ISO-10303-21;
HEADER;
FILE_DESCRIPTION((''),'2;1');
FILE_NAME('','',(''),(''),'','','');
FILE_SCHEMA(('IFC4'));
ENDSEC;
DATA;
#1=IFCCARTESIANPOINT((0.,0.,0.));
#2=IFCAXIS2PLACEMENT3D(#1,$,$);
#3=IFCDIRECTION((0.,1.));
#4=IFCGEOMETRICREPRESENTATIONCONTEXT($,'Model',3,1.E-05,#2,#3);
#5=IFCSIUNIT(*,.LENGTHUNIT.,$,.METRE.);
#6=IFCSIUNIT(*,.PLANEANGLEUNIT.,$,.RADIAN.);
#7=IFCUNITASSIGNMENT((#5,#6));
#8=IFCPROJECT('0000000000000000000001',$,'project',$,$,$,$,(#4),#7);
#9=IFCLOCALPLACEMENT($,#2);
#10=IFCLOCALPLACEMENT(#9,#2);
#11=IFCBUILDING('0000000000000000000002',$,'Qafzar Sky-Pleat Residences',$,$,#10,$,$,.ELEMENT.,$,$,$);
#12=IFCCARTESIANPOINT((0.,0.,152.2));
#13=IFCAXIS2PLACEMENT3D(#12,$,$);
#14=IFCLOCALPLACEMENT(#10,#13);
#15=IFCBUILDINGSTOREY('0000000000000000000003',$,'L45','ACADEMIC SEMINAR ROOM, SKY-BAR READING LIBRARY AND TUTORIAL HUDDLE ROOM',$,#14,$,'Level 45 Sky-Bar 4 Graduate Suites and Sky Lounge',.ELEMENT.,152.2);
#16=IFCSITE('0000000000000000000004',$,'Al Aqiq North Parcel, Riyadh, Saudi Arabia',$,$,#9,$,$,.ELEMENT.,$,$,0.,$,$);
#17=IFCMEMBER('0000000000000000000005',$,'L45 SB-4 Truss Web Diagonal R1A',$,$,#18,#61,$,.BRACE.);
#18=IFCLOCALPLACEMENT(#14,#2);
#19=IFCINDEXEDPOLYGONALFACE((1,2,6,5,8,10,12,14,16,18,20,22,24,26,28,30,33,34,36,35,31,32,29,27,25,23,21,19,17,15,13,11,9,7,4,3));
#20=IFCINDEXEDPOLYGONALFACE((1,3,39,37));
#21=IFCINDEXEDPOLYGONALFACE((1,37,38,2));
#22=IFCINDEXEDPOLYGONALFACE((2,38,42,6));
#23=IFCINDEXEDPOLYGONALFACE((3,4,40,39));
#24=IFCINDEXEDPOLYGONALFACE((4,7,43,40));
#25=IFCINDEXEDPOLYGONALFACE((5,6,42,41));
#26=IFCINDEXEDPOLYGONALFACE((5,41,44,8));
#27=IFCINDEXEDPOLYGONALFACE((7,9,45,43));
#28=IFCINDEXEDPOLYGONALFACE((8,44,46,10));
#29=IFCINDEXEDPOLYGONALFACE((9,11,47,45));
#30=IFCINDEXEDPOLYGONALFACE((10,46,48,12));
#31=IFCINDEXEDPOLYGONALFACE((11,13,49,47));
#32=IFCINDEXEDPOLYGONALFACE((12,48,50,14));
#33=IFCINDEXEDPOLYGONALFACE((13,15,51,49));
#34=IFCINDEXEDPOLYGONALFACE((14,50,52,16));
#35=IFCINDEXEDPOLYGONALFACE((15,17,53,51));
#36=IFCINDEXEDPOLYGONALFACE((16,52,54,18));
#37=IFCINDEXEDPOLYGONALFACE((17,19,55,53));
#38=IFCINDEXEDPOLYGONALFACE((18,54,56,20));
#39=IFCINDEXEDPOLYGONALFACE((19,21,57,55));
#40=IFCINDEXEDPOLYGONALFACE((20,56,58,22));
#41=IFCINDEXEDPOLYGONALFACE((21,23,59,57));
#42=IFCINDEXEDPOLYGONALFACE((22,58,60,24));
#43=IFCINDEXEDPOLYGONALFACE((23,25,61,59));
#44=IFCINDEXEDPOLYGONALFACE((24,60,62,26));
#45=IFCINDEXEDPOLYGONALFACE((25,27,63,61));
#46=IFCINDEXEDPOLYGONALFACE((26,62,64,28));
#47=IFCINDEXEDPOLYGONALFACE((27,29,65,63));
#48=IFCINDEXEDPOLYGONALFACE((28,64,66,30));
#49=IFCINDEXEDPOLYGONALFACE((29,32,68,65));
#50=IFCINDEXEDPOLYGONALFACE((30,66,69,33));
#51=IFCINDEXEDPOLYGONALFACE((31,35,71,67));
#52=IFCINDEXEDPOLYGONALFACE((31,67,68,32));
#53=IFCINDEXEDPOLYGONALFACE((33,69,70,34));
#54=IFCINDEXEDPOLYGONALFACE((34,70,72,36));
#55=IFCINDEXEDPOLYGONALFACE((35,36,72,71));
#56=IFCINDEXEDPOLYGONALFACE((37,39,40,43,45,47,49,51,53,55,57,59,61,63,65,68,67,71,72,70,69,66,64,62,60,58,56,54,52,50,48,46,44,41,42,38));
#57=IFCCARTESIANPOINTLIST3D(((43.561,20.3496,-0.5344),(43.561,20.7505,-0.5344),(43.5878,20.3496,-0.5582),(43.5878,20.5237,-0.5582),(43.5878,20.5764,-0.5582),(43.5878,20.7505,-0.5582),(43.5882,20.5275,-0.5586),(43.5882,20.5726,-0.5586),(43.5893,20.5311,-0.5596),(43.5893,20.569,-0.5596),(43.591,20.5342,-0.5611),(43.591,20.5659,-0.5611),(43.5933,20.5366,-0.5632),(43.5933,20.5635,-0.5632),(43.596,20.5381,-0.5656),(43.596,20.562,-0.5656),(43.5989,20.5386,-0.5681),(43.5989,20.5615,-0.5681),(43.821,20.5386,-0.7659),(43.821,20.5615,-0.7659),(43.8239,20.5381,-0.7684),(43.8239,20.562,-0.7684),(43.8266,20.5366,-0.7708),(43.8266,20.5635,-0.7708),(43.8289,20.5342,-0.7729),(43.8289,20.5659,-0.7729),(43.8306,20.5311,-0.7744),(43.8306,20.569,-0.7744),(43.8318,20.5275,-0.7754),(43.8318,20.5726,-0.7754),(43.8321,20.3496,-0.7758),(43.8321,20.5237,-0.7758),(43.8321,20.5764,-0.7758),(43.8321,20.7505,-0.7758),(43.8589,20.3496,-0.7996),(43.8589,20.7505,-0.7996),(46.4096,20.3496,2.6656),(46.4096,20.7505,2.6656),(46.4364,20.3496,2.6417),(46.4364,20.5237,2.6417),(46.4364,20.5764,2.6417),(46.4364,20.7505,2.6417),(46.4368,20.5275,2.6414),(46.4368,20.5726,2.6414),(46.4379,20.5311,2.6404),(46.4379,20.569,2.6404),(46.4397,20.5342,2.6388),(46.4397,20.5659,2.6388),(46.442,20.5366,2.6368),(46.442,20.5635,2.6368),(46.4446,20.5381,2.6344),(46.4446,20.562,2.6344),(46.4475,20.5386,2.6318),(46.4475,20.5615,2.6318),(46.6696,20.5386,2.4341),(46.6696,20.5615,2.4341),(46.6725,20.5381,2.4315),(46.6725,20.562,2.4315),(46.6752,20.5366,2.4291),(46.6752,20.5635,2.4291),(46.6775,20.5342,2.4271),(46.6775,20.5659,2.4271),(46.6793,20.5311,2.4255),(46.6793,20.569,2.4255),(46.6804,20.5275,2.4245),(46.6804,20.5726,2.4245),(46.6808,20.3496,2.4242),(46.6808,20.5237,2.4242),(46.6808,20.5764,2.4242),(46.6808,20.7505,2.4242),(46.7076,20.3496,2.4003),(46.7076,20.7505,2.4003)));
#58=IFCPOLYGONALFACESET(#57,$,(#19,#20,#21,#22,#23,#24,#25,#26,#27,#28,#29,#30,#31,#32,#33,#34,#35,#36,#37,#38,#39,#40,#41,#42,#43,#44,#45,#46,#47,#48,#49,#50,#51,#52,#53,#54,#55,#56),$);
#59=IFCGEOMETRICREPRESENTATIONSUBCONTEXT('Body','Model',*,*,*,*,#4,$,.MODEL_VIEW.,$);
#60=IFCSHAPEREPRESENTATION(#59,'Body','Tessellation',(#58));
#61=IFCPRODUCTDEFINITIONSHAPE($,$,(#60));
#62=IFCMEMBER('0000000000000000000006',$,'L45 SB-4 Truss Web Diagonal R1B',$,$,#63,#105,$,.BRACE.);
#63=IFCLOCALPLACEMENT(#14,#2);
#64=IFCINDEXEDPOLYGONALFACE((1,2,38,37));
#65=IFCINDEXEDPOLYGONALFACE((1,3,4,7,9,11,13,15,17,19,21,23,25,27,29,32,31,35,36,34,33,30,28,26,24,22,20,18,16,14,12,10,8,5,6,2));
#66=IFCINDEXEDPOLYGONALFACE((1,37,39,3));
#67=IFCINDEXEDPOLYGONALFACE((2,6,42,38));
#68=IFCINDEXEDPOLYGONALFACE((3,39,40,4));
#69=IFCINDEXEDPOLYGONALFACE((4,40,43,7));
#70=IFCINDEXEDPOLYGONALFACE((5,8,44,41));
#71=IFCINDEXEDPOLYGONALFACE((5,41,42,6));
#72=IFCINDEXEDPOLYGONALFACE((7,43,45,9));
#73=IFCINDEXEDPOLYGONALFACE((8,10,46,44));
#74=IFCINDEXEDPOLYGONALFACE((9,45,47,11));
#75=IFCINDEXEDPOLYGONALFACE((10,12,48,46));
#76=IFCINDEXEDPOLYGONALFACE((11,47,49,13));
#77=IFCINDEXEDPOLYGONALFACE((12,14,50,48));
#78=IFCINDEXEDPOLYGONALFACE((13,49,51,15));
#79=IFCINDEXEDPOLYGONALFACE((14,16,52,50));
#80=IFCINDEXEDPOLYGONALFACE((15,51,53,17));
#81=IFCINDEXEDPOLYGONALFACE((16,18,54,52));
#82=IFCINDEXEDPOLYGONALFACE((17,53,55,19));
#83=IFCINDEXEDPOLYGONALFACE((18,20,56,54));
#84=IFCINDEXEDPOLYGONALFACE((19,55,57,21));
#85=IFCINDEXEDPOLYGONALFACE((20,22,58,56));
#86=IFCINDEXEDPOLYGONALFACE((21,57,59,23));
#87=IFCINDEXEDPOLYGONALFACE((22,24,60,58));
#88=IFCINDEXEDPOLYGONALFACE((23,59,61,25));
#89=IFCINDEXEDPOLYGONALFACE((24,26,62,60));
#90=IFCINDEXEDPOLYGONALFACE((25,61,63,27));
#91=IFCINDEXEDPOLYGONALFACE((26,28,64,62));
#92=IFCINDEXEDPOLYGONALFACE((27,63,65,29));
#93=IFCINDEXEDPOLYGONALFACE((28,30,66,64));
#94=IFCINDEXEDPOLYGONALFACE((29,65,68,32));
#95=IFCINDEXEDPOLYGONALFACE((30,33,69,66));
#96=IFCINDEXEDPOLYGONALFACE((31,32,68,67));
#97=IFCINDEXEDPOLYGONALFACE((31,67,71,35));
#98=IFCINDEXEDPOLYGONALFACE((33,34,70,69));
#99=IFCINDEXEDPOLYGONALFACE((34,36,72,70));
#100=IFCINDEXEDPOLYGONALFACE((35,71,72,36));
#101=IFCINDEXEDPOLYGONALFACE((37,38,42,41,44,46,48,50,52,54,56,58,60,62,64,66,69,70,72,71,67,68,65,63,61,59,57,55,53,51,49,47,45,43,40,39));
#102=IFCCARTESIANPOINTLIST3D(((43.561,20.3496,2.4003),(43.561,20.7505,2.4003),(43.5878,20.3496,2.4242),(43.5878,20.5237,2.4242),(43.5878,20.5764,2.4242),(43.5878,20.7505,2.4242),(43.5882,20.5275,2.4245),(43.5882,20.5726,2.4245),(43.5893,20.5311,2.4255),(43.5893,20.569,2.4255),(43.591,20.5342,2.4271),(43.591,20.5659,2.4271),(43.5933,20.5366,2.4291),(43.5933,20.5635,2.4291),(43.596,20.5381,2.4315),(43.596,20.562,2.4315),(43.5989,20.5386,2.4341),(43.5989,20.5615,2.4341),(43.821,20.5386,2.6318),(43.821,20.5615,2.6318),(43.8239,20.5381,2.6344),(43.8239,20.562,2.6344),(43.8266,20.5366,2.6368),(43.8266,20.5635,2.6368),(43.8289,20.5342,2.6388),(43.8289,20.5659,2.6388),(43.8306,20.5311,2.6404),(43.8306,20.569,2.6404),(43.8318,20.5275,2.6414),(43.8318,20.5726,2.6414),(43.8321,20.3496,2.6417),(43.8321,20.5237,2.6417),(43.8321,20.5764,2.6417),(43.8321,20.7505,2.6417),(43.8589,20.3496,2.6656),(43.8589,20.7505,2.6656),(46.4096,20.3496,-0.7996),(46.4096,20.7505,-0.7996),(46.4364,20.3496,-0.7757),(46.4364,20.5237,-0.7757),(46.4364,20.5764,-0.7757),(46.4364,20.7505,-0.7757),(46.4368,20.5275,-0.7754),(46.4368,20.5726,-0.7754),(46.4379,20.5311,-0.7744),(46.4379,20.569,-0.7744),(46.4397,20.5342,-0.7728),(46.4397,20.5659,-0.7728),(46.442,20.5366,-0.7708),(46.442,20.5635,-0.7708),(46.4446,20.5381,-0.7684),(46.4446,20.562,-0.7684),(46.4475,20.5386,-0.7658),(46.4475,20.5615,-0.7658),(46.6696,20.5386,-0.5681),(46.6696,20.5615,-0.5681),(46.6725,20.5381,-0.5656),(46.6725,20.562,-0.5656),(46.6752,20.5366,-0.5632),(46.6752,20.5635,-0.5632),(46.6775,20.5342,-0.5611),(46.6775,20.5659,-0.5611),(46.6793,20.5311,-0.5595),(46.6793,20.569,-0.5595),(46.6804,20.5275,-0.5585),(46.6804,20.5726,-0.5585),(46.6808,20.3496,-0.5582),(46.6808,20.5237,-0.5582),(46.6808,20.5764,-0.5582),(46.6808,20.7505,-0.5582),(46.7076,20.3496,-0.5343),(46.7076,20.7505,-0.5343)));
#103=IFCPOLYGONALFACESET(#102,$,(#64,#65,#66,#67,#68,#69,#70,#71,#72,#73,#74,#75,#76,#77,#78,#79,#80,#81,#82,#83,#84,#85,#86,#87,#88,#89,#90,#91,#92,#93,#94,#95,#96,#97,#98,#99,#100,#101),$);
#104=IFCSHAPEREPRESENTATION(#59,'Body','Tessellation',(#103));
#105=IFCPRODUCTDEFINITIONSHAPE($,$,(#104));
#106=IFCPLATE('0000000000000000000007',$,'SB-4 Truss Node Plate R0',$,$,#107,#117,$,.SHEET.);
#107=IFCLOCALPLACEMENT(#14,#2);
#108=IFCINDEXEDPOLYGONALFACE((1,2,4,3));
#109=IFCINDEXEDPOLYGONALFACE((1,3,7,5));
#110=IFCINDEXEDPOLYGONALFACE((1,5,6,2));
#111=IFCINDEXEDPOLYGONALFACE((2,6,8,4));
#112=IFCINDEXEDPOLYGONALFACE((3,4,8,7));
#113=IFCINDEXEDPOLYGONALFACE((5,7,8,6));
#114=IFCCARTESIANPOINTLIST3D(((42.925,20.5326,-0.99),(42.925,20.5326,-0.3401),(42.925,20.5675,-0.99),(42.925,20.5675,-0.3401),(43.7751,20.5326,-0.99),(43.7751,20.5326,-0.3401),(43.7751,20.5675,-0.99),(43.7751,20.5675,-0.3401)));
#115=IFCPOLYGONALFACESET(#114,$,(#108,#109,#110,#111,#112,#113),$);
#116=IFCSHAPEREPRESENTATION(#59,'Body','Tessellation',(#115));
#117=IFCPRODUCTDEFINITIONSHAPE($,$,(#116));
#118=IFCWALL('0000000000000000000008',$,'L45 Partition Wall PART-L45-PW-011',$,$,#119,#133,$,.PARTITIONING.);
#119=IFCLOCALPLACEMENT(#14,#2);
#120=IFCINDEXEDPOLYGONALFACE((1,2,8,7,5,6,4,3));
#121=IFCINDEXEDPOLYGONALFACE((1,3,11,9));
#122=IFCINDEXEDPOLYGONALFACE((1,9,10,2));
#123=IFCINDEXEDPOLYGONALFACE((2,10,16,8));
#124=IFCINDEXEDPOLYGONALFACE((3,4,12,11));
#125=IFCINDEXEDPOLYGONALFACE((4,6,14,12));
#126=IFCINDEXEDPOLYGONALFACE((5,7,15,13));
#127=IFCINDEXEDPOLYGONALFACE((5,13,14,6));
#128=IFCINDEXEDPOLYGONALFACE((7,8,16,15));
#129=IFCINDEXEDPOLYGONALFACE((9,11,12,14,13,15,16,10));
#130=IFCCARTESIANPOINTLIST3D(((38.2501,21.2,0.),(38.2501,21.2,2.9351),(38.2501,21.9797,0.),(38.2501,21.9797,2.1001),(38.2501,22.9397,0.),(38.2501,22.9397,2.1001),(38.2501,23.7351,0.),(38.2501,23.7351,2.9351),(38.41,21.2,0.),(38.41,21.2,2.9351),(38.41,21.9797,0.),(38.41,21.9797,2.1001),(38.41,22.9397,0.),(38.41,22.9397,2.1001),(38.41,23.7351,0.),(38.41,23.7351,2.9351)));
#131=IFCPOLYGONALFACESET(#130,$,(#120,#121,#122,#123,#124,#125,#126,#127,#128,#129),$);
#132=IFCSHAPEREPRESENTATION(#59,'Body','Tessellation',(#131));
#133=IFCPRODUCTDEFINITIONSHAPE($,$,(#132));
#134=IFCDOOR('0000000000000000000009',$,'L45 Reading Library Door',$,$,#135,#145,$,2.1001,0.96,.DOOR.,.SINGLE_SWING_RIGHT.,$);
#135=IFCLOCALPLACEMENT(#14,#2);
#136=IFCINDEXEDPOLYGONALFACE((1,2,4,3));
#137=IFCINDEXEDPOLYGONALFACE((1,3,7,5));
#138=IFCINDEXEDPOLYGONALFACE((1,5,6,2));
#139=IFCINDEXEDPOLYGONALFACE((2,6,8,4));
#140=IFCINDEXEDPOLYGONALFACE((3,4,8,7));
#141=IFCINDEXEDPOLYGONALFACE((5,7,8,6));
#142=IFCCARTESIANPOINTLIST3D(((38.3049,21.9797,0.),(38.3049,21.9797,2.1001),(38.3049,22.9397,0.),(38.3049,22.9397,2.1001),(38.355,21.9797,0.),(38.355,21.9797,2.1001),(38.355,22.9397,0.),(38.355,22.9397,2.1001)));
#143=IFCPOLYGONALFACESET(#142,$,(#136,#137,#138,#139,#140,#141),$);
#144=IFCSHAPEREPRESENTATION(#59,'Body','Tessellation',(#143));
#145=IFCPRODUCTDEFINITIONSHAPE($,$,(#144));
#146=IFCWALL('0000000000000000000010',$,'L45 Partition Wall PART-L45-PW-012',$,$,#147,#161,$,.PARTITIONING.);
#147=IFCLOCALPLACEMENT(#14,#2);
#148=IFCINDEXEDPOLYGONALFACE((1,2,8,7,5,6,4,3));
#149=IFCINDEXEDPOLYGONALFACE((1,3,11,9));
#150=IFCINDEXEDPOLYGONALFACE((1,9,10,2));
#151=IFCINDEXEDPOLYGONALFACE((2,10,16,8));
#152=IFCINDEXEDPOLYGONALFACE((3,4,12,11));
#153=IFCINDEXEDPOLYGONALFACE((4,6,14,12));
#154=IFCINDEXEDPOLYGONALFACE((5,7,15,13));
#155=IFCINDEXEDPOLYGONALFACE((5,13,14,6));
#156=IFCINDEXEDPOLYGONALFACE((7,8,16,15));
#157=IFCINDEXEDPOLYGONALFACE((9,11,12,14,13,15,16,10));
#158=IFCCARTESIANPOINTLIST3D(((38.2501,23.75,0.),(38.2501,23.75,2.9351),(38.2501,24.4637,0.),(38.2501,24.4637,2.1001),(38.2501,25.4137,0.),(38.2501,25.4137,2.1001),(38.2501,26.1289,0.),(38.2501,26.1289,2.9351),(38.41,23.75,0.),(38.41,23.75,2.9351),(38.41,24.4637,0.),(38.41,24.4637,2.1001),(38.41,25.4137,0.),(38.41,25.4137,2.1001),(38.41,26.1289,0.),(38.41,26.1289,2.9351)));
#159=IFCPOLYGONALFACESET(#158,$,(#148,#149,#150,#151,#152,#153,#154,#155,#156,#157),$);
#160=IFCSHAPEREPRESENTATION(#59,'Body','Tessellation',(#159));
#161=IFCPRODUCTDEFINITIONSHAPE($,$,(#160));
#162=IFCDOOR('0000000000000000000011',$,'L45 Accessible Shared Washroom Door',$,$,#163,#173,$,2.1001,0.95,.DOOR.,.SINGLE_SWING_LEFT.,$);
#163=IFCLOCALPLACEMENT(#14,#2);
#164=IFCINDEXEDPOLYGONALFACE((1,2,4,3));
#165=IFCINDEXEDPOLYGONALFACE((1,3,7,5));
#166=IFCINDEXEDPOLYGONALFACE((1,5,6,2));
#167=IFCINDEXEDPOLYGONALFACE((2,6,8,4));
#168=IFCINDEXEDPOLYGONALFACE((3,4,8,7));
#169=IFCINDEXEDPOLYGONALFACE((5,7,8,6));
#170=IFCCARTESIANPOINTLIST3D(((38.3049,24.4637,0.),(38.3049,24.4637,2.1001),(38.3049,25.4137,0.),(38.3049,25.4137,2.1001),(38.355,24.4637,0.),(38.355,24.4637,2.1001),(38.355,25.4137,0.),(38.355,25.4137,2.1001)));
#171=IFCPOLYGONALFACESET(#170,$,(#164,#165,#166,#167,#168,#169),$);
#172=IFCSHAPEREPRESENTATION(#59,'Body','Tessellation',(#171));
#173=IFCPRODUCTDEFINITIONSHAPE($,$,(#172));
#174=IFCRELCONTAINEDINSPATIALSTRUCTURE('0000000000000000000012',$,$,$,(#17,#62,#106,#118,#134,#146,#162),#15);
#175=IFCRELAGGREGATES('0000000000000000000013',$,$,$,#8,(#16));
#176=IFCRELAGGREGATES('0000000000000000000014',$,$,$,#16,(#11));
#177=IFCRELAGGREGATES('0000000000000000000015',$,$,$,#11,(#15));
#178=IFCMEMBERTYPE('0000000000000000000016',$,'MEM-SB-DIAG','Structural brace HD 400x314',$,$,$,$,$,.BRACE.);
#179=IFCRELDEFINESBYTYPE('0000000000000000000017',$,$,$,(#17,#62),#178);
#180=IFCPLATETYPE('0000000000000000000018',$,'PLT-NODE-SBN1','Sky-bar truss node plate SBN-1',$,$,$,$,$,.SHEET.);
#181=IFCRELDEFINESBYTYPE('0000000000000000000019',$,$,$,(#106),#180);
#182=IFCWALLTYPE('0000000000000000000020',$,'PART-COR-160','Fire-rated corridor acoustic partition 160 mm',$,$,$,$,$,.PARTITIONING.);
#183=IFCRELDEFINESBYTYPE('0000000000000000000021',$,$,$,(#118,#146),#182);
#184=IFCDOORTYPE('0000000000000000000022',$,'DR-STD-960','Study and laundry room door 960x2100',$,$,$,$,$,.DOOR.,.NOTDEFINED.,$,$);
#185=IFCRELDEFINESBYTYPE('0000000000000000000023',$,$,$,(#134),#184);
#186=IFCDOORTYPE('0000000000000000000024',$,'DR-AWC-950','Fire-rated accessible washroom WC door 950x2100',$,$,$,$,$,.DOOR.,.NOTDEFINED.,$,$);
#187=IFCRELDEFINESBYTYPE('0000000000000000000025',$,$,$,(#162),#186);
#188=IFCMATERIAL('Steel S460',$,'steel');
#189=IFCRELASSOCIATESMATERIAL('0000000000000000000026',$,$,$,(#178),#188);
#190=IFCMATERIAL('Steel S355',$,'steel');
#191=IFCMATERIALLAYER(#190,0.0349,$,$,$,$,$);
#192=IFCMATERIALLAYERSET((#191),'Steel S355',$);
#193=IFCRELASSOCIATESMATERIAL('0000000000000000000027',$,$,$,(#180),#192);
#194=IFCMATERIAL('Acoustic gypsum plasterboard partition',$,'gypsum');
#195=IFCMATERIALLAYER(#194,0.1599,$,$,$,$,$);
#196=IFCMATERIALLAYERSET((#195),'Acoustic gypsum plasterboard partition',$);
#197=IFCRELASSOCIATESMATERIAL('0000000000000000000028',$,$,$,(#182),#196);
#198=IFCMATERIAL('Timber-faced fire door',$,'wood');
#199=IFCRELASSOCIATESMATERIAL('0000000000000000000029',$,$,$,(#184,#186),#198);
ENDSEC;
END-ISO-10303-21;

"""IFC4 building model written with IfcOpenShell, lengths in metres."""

from ifc_helpers import new_model, si_unit, direction, frame, frame_2d, origin, origin_2d, place, context, subcontext, project, spatial, rectangle, i_section, extrude, source, transform, mapped, material, layer, layer_set, material_profile, profile_set, type_object, element, fill, save


model = new_model("IFC4")

# Units and contexts
model_context = context("Model", 3, precision=1e-05, world=origin(), true_north=direction((0.0, 1.0)))
body_context = subcontext(model_context, "Body", "Model", "MODEL_VIEW")
ifc_project = project(units=[si_unit("LENGTHUNIT", "METRE"), si_unit("PLANEANGLEUNIT", "RADIAN")], contexts=[model_context])

# Site, building, storey
site_placement = place(None, origin())
site = spatial("IfcSite", under=ifc_project, at=site_placement, Name="Al Aqiq North Parcel, Riyadh, Saudi Arabia", CompositionType="ELEMENT", RefElevation=0.0)
building_placement = place(site_placement, origin())
building = spatial("IfcBuilding", under=site, at=building_placement, Name="Qafzar Sky-Pleat Residences", CompositionType="ELEMENT")
storey_placement = place(building_placement, frame((0.0, 0.0, 152.2)))
storey = spatial("IfcBuildingStorey", under=building, at=storey_placement, Name="L45", Description="ACADEMIC SEMINAR ROOM, SKY-BAR READING LIBRARY AND TUTORIAL HUDDLE ROOM", LongName="Level 45 Sky-Bar 4 Graduate Suites and Sky Lounge", CompositionType="ELEMENT", Elevation=152.2)

# Shared definitions
ifc_material_1 = material(Name="Steel S460", Category="steel")

# Members
ifc_material_profile_1 = material_profile(ifc_material_1, i_section(OverallWidth=0.4009, OverallDepth=0.3989, WebThickness=0.0229, FlangeThickness=0.0359, FilletRadius=0.0149, at=origin_2d()), Name="HD 400x314")
ifc_profile_set_1 = profile_set([ifc_material_profile_1], Name="Steel S460")
member_type_1 = type_object("IfcMemberType", Name="MEM-SB-DIAG", Description="Structural brace HD 400x314", PredefinedType="BRACE", material=ifc_profile_set_1)
shared_shape_1 = source(origin(), body_context, "Body", "SweptSolid", [
    extrude(i_section(OverallWidth=0.4009, OverallDepth=0.3989, WebThickness=0.0229, FlangeThickness=0.0359, FilletRadius=0.0149, at=origin_2d()), origin(), (0.0, 0.0, 1.0), 4.2842),
])
for number, where, z_axis, x_axis, name in (
    (1, (43.71, 20.55, -0.667), (0.664915, 0.0, 0.746919), (0.0, 1.0, 0.0), "L45 SB-4 Truss Web Diagonal R1A"),
    (2, (43.71, 20.55, 2.533), (0.664915, 0.0, -0.746919), (0.0, 1.0, 0.0), "L45 SB-4 Truss Web Diagonal R1B"),
):
    element("IfcMember", number, at=place(storey_placement, frame(where, z_axis=z_axis, x_axis=x_axis)), inside=storey, type_object=member_type_1, Name=name, PredefinedType="BRACE", context=body_context, shape_type="MappedRepresentation", body=[
        mapped(shared_shape_1, transform((0.0, 0.0, 0.0), x_axis=(1.0, 0.0, 0.0), y_axis=(0.0, 1.0, 0.0), z_axis=(0.0, 0.0, 1.0), scale=1.0)),
    ])

# Plate
ifc_material_2 = material(Name="Steel S355", Category="steel")
ifc_layer_1 = layer(ifc_material_2, 0.0349)
ifc_layer_set_1 = layer_set([ifc_layer_1], Name="Steel S355")
plate_type = type_object("IfcPlateType", Name="PLT-NODE-SBN1", Description="Sky-bar truss node plate SBN-1", PredefinedType="SHEET", material=ifc_layer_set_1)
shared_shape_2 = source(origin(), body_context, "Body", "SweptSolid", [
    extrude(rectangle(XDim=0.8501, YDim=0.0349, at=origin_2d()), origin(), (0.0, 0.0, 1.0), 0.6499),
])
plate_placement = place(storey_placement, frame((43.3501, 20.55, -0.99), z_axis=(0.0, 0.0, 1.0), x_axis=(1.0, 0.0, 0.0)))
element("IfcPlate", 3, at=plate_placement, inside=storey, type_object=plate_type, Name="SB-4 Truss Node Plate R0", PredefinedType="SHEET", context=body_context, shape_type="MappedRepresentation", body=[
    mapped(shared_shape_2, transform((0.0, 0.0, 0.0), x_axis=(1.0, 0.0, 0.0), y_axis=(0.0, 1.0, 0.0), z_axis=(0.0, 0.0, 1.0), scale=1.0)),
])

# Walls, openings, doors
ifc_material_3 = material(Name="Acoustic gypsum plasterboard partition", Category="gypsum")
ifc_layer_2 = layer(ifc_material_3, 0.1599)
ifc_layer_set_2 = layer_set([ifc_layer_2], Name="Acoustic gypsum plasterboard partition")
wall_type_1 = type_object("IfcWallType", Name="PART-COR-160", Description="Fire-rated corridor acoustic partition 160 mm", PredefinedType="PARTITIONING", material=ifc_layer_set_2)
wall_1_placement = place(storey_placement, frame((38.3301, 23.7351, 0.0), z_axis=(0.0, 0.0, 1.0), x_axis=(0.0, -1.0, 0.0)))
wall_1 = element("IfcWall", 4, at=wall_1_placement, inside=storey, type_object=wall_type_1, Name="L45 Partition Wall PART-L45-PW-011", PredefinedType="PARTITIONING", context=body_context, shape_type="SweptSolid", body=[
    extrude(rectangle(XDim=2.5352, YDim=0.1599, at=frame_2d((1.2676, 0.0))), origin(), (0.0, 0.0, 1.0), 2.9351),
])
opening_1_placement = place(wall_1_placement, frame((0.7954, 0.0, 0.0)))
opening_1 = element("IfcOpeningElement", 5, at=opening_1_placement, cuts=wall_1, PredefinedType="OPENING", context=body_context, shape_type="SweptSolid", body=[
    extrude(rectangle(XDim=0.96, YDim=2.1001, at=frame_2d((0.48, 1.05))), frame((0.0, 0.0898, 0.0), z_axis=(0.0, -1.0, 0.0), x_axis=(1.0, 0.0, 0.0)), (0.0, 0.0, 1.0), 0.1799),
])
ifc_material_4 = material(Name="Timber-faced fire door", Category="wood")
door_type_1 = type_object("IfcDoorType", Name="DR-STD-960", Description="Study and laundry room door 960x2100", OperationType="NOTDEFINED", PredefinedType="DOOR", material=ifc_material_4)
shared_shape_3 = source(origin(), body_context, "Body", "SweptSolid", [
    extrude(rectangle(XDim=0.96, YDim=2.1001, at=frame_2d((0.48, 1.05))), frame((0.0, 0.0249, 0.0), z_axis=(0.0, -1.0, 0.0), x_axis=(1.0, 0.0, 0.0)), (0.0, 0.0, 1.0), 0.05),
])
door_1_placement = place(opening_1_placement, origin())
door_1 = element("IfcDoor", 6, at=door_1_placement, inside=storey, type_object=door_type_1, Name="L45 Reading Library Door", OperationType="SINGLE_SWING_RIGHT", OverallHeight=2.1001, OverallWidth=0.96, PredefinedType="DOOR", context=body_context, shape_type="MappedRepresentation", body=[
    mapped(shared_shape_3, transform((0.0, 0.0, 0.0), x_axis=(1.0, 0.0, 0.0), y_axis=(0.0, 1.0, 0.0), z_axis=(0.0, 0.0, 1.0), scale=1.0)),
])
fill(opening_1, door_1)
wall_2_placement = place(storey_placement, frame((38.3301, 26.1289, 0.0), z_axis=(0.0, 0.0, 1.0), x_axis=(0.0, -1.0, 0.0)))
wall_2 = element("IfcWall", 7, at=wall_2_placement, inside=storey, type_object=wall_type_1, Name="L45 Partition Wall PART-L45-PW-012", PredefinedType="PARTITIONING", context=body_context, shape_type="SweptSolid", body=[
    extrude(rectangle(XDim=2.3789, YDim=0.1599, at=frame_2d((1.1895, 0.0))), origin(), (0.0, 0.0, 1.0), 2.9351),
])
opening_2_placement = place(wall_2_placement, frame((0.7151, 0.0, 0.0)))
opening_2 = element("IfcOpeningElement", 8, at=opening_2_placement, cuts=wall_2, PredefinedType="OPENING", context=body_context, shape_type="SweptSolid", body=[
    extrude(rectangle(XDim=0.95, YDim=2.1001, at=frame_2d((0.4751, 1.05))), frame((0.0, 0.0898, 0.0), z_axis=(0.0, -1.0, 0.0), x_axis=(1.0, 0.0, 0.0)), (0.0, 0.0, 1.0), 0.1799),
])
door_type_2 = type_object("IfcDoorType", Name="DR-AWC-950", Description="Fire-rated accessible washroom WC door 950x2100", OperationType="NOTDEFINED", PredefinedType="DOOR", material=ifc_material_4)
shared_shape_4 = source(origin(), body_context, "Body", "SweptSolid", [
    extrude(rectangle(XDim=0.95, YDim=2.1001, at=frame_2d((0.4751, 1.05))), frame((0.0, 0.0249, 0.0), z_axis=(0.0, -1.0, 0.0), x_axis=(1.0, 0.0, 0.0)), (0.0, 0.0, 1.0), 0.05),
])
door_2_placement = place(opening_2_placement, origin())
door_2 = element("IfcDoor", 9, at=door_2_placement, inside=storey, type_object=door_type_2, Name="L45 Accessible Shared Washroom Door", OperationType="SINGLE_SWING_LEFT", OverallHeight=2.1001, OverallWidth=0.95, PredefinedType="DOOR", context=body_context, shape_type="MappedRepresentation", body=[
    mapped(shared_shape_4, transform((0.0, 0.0, 0.0), x_axis=(1.0, 0.0, 0.0), y_axis=(0.0, 1.0, 0.0), z_axis=(0.0, 0.0, 1.0), scale=1.0)),
])
fill(opening_2, door_2)

save(model, "model.ifc")
